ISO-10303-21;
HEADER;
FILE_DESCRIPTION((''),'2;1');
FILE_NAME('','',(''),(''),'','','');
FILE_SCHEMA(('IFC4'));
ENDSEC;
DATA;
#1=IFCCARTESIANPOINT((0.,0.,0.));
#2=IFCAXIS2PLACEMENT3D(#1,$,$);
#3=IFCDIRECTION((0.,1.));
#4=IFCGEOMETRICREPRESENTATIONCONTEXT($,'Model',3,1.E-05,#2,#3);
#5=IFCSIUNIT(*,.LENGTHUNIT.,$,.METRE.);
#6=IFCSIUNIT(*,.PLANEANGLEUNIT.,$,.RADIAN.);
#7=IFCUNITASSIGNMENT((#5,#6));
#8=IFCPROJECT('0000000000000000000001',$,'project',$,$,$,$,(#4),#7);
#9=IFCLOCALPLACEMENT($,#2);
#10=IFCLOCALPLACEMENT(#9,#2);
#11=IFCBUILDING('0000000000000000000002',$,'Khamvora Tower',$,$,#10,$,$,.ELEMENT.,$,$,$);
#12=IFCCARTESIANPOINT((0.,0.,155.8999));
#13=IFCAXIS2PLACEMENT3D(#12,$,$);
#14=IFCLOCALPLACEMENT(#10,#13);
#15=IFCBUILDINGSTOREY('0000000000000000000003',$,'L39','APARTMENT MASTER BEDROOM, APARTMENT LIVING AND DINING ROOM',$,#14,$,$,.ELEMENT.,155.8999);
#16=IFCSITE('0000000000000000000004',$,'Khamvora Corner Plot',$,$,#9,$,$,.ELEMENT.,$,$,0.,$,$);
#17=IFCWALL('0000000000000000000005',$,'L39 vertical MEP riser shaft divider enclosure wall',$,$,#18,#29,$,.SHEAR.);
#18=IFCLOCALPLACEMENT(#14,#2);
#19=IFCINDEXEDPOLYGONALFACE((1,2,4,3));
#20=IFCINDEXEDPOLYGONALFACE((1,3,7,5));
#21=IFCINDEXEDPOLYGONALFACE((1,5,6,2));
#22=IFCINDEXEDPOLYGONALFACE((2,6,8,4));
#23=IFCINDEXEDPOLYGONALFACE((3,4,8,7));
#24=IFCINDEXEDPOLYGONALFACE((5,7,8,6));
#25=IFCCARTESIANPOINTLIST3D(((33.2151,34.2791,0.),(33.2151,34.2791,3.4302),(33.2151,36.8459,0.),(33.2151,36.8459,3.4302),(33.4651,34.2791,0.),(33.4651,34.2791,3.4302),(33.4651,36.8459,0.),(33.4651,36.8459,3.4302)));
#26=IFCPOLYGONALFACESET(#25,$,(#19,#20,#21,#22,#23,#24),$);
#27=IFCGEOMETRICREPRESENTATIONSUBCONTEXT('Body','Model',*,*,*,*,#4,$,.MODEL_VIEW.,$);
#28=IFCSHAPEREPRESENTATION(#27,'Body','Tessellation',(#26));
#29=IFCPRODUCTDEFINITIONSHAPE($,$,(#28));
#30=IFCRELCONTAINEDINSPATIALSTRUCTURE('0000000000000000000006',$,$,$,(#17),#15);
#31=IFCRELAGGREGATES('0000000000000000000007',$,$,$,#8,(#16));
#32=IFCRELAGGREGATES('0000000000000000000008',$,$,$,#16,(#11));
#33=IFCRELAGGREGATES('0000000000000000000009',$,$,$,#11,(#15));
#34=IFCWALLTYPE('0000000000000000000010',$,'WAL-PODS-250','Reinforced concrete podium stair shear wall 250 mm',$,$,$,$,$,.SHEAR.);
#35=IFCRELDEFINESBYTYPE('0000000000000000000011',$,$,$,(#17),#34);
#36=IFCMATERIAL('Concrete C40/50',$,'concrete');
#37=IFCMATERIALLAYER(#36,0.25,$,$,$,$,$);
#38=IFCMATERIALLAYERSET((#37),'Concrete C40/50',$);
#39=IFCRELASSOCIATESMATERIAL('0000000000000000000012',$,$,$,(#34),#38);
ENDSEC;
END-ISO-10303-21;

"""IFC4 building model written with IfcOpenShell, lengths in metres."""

from ifc_helpers import new_model, si_unit, direction, frame, frame_2d, origin, place, context, subcontext, project, spatial, rectangle, extrude, material, layer, layer_set, type_object, element, save


model = new_model("IFC4")

# Units and contexts
model_context = context("Model", 3, precision=1e-05, world=origin(), true_north=direction((0.0, 1.0)))
body_context = subcontext(model_context, "Body", "Model", "MODEL_VIEW")
ifc_project = project(units=[si_unit("LENGTHUNIT", "METRE"), si_unit("PLANEANGLEUNIT", "RADIAN")], contexts=[model_context])

# Site, building, storey
site_placement = place(None, origin())
site = spatial("IfcSite", under=ifc_project, at=site_placement, Name="Khamvora Corner Plot", CompositionType="ELEMENT", RefElevation=0.0)
building_placement = place(site_placement, origin())
building = spatial("IfcBuilding", under=site, at=building_placement, Name="Khamvora Tower", CompositionType="ELEMENT")
storey_placement = place(building_placement, frame((0.0, 0.0, 155.8999)))
storey = spatial("IfcBuildingStorey", under=building, at=storey_placement, Name="L39", Description="APARTMENT MASTER BEDROOM, APARTMENT LIVING AND DINING ROOM", CompositionType="ELEMENT", Elevation=155.8999)

# Wall
ifc_material_1 = material(Name="Concrete C40/50", Category="concrete")
ifc_layer_1 = layer(ifc_material_1, 0.25)
ifc_layer_set_1 = layer_set([ifc_layer_1], Name="Concrete C40/50")
wall_type_1 = type_object("IfcWallType", Name="WAL-PODS-250", Description="Reinforced concrete podium stair shear wall 250 mm", PredefinedType="SHEAR", material=ifc_layer_set_1)
wall_1_placement = place(storey_placement, frame((33.3401, 34.2791, 0.0), z_axis=(0.0, 0.0, 1.0), x_axis=(0.0, 1.0, 0.0)))
element("IfcWall", 1, at=wall_1_placement, inside=storey, type_object=wall_type_1, Name="L39 vertical MEP riser shaft divider enclosure wall", PredefinedType="SHEAR", context=body_context, shape_type="SweptSolid", body=[
    extrude(rectangle(XDim=2.5669, YDim=0.25, at=frame_2d((1.2834, 0.0))), origin(), (0.0, 0.0, 1.0), 3.4302),
])

save(model, "model.ifc")
